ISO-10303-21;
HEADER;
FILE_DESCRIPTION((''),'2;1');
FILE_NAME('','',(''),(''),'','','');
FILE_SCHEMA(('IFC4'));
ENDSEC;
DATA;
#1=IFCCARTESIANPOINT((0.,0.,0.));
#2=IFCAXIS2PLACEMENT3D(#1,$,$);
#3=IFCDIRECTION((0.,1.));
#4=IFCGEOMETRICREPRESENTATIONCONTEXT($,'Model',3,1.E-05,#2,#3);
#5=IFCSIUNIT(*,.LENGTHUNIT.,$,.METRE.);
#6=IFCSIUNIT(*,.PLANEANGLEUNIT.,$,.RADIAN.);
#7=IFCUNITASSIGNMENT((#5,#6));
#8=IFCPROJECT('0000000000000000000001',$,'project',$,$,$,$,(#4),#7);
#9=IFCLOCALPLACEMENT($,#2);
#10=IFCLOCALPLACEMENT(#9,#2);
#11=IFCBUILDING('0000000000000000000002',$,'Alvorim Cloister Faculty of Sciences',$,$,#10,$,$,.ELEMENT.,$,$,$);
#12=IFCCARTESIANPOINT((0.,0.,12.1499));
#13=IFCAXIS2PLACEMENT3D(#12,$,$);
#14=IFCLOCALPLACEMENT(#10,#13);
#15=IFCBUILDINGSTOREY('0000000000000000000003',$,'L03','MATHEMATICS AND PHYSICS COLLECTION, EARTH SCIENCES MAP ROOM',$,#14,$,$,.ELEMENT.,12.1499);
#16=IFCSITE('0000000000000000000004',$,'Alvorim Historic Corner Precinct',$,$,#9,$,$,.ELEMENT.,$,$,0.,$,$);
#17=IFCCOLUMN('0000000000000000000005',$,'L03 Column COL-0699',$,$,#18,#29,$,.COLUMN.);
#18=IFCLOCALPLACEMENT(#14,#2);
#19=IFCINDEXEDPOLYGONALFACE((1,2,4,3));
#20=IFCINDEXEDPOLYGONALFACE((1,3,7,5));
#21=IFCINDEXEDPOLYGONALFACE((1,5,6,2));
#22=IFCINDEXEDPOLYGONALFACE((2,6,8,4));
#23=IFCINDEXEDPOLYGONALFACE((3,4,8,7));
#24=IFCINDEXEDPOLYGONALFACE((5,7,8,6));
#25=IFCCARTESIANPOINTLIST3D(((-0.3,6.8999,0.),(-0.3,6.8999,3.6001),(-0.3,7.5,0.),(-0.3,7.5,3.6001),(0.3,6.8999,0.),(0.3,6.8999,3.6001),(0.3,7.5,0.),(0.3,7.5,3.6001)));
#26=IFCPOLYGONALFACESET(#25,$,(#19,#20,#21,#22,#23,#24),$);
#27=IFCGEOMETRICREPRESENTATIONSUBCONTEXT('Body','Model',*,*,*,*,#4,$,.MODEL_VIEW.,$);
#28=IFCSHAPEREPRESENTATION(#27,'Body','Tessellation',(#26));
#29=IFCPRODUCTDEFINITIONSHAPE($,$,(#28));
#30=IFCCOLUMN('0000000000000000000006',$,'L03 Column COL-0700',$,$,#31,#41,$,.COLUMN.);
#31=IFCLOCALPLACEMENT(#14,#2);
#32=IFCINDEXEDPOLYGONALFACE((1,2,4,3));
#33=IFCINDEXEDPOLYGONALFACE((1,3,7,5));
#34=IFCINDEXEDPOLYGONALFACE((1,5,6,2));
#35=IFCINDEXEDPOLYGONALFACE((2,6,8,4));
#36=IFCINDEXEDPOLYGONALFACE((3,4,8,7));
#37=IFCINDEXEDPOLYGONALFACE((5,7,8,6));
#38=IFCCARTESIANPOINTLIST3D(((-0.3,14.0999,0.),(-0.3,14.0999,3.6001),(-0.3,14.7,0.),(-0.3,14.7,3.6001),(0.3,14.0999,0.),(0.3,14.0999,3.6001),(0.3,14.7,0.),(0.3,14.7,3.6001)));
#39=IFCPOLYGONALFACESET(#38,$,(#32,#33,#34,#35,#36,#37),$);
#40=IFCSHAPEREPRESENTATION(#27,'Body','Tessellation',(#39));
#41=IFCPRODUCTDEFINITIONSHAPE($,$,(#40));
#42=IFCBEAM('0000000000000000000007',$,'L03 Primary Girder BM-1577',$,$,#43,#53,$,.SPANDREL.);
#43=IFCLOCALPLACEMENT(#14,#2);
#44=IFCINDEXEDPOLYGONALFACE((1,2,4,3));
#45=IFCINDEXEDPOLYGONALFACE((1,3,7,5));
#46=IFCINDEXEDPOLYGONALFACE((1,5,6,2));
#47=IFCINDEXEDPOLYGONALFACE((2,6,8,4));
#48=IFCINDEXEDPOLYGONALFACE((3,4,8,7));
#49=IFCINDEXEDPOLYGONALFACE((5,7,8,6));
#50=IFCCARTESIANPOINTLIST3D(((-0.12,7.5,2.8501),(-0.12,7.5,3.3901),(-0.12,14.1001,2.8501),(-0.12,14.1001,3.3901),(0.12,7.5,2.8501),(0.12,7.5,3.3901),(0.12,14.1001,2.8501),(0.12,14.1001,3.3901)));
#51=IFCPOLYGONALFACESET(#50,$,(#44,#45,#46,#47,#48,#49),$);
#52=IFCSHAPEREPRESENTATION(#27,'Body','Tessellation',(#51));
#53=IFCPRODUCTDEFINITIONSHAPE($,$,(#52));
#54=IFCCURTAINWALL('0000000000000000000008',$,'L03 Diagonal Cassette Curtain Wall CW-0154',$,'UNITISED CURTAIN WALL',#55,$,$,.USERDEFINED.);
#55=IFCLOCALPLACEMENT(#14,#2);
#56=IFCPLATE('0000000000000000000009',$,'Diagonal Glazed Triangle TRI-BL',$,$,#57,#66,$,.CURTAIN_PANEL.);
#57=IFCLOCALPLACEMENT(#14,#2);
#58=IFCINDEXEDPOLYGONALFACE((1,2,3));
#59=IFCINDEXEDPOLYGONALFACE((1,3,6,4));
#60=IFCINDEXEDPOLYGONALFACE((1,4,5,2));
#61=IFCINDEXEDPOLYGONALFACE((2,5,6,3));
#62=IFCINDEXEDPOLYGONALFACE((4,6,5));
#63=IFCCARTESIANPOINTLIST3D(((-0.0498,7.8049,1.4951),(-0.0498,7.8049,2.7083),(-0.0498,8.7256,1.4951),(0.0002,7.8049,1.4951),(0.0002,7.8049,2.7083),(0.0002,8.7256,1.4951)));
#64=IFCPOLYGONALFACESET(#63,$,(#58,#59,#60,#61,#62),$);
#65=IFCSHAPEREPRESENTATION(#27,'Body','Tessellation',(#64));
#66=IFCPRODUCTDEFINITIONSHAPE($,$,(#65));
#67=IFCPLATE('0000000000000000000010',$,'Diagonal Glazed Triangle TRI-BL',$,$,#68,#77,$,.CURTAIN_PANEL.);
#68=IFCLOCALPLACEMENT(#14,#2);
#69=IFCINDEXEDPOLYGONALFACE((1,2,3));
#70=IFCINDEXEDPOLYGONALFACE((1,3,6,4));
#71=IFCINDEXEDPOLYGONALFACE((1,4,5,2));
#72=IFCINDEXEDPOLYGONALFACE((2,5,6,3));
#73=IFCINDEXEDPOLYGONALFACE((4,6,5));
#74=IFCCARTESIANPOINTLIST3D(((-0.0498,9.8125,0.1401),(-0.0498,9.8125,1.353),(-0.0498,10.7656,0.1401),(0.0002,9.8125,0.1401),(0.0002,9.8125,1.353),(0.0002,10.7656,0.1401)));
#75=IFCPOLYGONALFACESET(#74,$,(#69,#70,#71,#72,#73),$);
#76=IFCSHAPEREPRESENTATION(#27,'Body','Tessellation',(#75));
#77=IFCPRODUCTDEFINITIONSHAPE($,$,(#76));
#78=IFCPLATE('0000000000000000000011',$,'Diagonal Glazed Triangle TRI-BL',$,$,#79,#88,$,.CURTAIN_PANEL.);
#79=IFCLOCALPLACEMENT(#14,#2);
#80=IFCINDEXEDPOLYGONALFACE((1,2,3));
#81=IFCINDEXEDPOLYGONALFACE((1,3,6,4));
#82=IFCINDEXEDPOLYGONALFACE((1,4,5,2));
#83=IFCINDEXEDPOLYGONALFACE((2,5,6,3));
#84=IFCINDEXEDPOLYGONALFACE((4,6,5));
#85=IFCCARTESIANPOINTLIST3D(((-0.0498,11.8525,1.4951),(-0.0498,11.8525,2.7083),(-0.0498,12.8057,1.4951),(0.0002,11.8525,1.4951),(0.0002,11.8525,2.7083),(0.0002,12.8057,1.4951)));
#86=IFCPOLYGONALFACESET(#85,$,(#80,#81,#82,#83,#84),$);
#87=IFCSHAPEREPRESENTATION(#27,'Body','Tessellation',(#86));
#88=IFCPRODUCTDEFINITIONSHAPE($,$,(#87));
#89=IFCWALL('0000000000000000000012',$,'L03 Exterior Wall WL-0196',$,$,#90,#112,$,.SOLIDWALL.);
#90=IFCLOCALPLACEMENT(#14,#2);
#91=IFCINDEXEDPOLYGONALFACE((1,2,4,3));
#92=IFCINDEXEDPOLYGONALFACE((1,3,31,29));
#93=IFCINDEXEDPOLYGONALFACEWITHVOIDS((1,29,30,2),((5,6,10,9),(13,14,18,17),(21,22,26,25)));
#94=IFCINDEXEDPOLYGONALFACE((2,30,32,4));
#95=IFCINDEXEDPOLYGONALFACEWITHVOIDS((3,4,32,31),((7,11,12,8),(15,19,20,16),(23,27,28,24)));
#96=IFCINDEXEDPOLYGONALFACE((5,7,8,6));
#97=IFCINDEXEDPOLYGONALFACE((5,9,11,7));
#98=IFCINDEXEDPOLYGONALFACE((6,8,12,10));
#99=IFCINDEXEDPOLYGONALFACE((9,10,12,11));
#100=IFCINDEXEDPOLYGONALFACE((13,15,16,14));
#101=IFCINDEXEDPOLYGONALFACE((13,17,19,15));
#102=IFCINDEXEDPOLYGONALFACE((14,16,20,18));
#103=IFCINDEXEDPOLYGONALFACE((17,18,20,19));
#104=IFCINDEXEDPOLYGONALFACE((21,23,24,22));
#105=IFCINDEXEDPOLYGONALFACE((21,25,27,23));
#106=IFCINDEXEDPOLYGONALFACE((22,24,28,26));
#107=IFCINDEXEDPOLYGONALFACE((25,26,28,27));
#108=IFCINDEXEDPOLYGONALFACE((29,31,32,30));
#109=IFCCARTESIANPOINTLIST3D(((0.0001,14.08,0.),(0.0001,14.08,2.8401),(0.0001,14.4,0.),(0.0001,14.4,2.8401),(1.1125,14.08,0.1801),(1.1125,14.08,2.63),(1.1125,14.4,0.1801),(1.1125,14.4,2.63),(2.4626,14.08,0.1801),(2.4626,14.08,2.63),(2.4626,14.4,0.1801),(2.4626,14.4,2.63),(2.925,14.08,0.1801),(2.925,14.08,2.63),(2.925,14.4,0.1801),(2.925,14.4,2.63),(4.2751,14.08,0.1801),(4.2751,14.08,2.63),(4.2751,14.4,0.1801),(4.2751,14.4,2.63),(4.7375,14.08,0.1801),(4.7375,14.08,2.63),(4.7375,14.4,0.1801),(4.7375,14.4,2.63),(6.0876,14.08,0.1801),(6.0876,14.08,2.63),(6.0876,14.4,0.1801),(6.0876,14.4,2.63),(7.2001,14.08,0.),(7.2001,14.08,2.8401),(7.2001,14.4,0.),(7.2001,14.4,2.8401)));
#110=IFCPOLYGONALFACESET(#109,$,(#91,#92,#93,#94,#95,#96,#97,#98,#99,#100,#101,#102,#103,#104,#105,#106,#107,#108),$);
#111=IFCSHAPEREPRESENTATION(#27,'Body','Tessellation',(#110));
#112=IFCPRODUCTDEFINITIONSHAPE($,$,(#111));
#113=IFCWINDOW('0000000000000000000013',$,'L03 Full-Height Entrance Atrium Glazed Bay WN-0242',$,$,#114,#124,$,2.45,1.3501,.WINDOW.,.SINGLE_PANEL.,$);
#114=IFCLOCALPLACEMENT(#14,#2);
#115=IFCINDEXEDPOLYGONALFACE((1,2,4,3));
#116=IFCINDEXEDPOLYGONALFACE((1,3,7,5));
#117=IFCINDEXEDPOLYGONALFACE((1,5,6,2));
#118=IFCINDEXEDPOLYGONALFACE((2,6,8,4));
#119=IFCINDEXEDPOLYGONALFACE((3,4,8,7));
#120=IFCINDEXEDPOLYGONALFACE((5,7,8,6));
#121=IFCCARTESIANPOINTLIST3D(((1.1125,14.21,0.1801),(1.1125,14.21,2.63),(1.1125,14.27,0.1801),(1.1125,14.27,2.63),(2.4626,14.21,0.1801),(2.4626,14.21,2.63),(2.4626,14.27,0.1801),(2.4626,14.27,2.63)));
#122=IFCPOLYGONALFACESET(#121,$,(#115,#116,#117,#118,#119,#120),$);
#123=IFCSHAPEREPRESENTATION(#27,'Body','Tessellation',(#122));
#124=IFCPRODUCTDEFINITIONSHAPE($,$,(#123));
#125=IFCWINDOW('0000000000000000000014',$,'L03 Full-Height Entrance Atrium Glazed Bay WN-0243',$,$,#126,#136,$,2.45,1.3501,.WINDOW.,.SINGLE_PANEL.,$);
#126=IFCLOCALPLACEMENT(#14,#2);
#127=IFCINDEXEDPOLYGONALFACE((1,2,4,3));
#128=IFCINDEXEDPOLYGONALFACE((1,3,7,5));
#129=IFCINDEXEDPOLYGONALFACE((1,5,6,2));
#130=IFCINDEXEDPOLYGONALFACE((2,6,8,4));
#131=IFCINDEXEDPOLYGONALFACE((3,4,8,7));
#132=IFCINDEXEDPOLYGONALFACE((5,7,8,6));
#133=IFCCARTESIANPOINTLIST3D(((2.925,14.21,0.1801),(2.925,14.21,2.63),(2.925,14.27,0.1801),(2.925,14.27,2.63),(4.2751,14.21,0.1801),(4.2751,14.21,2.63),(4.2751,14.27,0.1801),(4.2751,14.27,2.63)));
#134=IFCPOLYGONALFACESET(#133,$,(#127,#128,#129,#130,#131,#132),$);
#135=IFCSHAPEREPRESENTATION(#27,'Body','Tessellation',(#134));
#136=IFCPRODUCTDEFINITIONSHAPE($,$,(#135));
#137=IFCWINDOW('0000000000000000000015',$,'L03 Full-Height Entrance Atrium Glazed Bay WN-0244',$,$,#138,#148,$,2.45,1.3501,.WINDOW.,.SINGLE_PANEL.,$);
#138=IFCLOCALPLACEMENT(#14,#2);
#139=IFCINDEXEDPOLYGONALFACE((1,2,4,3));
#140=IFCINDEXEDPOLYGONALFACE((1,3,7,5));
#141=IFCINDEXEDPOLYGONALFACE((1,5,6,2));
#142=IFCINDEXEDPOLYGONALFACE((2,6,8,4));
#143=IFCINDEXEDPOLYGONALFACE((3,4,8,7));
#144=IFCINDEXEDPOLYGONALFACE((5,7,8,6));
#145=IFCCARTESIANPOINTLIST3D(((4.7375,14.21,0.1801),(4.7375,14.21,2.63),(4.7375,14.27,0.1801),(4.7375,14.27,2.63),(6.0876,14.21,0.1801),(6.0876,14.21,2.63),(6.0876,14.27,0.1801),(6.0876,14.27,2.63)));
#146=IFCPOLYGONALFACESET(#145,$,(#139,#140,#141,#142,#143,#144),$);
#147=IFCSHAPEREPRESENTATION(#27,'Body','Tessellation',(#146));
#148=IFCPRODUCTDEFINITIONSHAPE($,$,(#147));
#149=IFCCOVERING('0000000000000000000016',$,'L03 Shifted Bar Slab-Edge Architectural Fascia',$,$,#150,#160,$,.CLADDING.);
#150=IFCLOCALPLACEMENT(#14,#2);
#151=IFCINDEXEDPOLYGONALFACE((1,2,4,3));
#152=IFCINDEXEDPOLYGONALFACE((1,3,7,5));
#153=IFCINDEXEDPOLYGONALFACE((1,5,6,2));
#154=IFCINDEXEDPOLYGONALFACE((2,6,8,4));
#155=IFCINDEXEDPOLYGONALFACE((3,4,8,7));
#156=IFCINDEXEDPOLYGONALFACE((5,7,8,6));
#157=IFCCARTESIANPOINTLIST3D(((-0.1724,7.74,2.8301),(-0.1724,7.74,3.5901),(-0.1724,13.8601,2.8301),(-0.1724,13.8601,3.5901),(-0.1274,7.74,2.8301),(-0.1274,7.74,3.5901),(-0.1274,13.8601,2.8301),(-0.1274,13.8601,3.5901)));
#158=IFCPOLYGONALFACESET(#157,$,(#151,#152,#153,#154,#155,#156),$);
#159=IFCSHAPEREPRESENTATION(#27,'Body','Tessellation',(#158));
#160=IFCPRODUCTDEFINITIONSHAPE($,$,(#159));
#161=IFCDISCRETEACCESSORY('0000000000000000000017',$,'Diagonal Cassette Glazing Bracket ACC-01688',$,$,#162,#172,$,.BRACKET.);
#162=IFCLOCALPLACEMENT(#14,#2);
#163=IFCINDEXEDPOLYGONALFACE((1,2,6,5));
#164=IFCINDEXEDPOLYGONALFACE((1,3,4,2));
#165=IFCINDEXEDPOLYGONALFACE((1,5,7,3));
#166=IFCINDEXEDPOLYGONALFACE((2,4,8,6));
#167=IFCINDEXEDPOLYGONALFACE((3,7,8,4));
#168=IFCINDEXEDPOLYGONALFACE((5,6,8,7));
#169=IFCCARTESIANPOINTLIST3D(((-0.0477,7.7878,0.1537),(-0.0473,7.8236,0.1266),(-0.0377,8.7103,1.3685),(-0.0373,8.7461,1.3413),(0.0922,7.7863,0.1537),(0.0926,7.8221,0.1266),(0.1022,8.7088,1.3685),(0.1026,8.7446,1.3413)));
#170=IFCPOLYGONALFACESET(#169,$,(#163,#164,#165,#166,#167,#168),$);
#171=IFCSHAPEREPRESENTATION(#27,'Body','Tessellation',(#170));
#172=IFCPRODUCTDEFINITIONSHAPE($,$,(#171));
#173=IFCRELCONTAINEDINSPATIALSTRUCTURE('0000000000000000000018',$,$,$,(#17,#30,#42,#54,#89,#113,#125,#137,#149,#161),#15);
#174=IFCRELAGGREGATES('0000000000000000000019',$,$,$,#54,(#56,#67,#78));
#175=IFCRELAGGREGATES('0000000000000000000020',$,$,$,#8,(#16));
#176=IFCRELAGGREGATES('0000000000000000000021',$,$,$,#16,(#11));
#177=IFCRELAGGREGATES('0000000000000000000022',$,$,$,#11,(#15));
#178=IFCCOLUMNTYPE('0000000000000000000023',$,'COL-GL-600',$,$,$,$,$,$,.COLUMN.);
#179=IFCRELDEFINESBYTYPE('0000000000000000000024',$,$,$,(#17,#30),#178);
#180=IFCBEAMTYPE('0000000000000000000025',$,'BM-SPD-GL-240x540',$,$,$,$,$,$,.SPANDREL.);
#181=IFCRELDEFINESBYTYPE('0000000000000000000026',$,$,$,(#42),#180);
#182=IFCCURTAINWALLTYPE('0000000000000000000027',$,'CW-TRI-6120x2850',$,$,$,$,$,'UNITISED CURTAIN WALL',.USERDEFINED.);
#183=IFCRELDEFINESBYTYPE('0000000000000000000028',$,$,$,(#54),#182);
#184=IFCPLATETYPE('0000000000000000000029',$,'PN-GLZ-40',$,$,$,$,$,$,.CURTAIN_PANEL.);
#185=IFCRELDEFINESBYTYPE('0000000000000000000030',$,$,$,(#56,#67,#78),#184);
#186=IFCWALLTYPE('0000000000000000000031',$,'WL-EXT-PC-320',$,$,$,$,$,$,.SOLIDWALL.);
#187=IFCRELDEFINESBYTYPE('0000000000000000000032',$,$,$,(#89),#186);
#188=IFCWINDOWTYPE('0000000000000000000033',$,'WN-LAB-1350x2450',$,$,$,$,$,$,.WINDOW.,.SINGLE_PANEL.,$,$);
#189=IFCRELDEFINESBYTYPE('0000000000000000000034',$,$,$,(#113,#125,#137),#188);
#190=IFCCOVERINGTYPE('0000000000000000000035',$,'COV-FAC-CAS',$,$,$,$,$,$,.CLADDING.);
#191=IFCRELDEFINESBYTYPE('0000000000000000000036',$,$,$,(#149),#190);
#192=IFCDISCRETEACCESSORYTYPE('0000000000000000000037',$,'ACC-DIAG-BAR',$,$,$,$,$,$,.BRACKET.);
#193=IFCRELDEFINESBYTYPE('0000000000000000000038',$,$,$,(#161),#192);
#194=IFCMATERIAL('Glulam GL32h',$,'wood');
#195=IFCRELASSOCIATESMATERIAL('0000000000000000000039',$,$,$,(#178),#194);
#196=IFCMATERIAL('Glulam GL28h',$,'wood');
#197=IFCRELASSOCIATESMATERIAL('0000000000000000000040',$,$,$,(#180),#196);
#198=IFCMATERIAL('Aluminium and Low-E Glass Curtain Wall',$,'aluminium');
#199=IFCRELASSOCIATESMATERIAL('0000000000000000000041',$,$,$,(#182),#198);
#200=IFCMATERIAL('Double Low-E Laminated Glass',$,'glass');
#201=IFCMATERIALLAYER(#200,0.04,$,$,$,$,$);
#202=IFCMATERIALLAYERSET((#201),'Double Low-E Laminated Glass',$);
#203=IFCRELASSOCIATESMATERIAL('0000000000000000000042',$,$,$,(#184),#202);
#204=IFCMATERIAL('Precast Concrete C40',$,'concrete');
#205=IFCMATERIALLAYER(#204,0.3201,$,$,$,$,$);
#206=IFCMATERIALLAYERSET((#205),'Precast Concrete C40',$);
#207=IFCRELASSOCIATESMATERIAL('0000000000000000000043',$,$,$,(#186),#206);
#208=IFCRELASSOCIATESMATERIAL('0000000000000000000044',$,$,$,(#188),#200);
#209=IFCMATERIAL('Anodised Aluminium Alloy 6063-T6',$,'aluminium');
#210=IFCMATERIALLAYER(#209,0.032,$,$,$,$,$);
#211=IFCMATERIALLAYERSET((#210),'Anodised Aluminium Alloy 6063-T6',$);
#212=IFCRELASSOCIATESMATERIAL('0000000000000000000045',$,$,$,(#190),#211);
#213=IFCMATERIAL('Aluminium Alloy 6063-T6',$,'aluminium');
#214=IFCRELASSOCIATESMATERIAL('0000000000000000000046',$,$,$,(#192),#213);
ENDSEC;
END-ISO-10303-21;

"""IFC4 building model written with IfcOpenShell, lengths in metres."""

from ifc_helpers import new_model, si_unit, direction, frame, frame_2d, origin, origin_2d, place, context, subcontext, project, spatial, polyline, rectangle, outline, extrude, material, layer, layer_set, material_profile, profile_set, type_object, element, fill, aggregate, save


model = new_model("IFC4")

# Units and contexts
model_context = context("Model", 3, precision=1e-05, world=origin(), true_north=direction((0.0, 1.0)))
body_context = subcontext(model_context, "Body", "Model", "MODEL_VIEW")
ifc_project = project(units=[si_unit("LENGTHUNIT", "METRE"), si_unit("PLANEANGLEUNIT", "RADIAN")], contexts=[model_context])

# Site, building, storey
site_placement = place(None, origin())
site = spatial("IfcSite", under=ifc_project, at=site_placement, Name="Alvorim Historic Corner Precinct", CompositionType="ELEMENT", RefElevation=0.0)
building_placement = place(site_placement, origin())
building = spatial("IfcBuilding", under=site, at=building_placement, Name="Alvorim Cloister Faculty of Sciences", CompositionType="ELEMENT")
storey_placement = place(building_placement, frame((0.0, 0.0, 12.1499)))
storey = spatial("IfcBuildingStorey", under=building, at=storey_placement, Name="L03", Description="MATHEMATICS AND PHYSICS COLLECTION, EARTH SCIENCES MAP ROOM", CompositionType="ELEMENT", Elevation=12.1499)

# Columns
ifc_material_1 = material(Name="Glulam GL32h", Category="wood")
ifc_material_profile_1 = material_profile(ifc_material_1, rectangle(XDim=0.6001, YDim=0.6001, at=origin_2d()), Name="GL32-COL-600x600")
ifc_profile_set_1 = profile_set([ifc_material_profile_1], Name="Glulam GL32h")
column_type = type_object("IfcColumnType", Name="COL-GL-600", PredefinedType="COLUMN", material=ifc_profile_set_1)
for number, where, z_axis, x_axis, name in (
    (1, (0.0, 7.2, 0.0), (0.0, 0.0, 1.0), (1.0, 0.0, 0.0), "L03 Column COL-0699"),
    (2, (0.0, 14.3999, 0.0), (0.0, 0.0, 1.0), (1.0, 0.0, 0.0), "L03 Column COL-0700"),
):
    element("IfcColumn", number, at=place(storey_placement, frame(where, z_axis=z_axis, x_axis=x_axis)), inside=storey, type_object=column_type, Name=name, PredefinedType="COLUMN", context=body_context, shape_type="SweptSolid", body=[
        extrude(rectangle(XDim=0.6001, YDim=0.6001, at=origin_2d()), origin(), (0.0, 0.0, 1.0), 3.6001),
    ])

# Beam
ifc_material_2 = material(Name="Glulam GL28h", Category="wood")
ifc_material_profile_2 = material_profile(ifc_material_2, rectangle(XDim=0.24, YDim=0.54, at=origin_2d()), Name="GL28-SPD-240x540")
ifc_profile_set_2 = profile_set([ifc_material_profile_2], Name="Glulam GL28h")
beam_type = type_object("IfcBeamType", Name="BM-SPD-GL-240x540", PredefinedType="SPANDREL", material=ifc_profile_set_2)
beam_placement = place(storey_placement, frame((0.0, 7.5, 3.1201), z_axis=(0.0, 1.0, 0.0), x_axis=(-1.0, 0.0, 0.0)))
element("IfcBeam", 3, at=beam_placement, inside=storey, type_object=beam_type, Name="L03 Primary Girder BM-1577", PredefinedType="SPANDREL", context=body_context, shape_type="SweptSolid", body=[
    extrude(rectangle(XDim=0.24, YDim=0.54, at=origin_2d()), origin(), (0.0, 0.0, 1.0), 6.6001),
])

# Curtain wall, plates
ifc_material_3 = material(Name="Aluminium and Low-E Glass Curtain Wall", Category="aluminium")
curtain_wall_type = type_object("IfcCurtainWallType", Name="CW-TRI-6120x2850", ElementType="UNITISED CURTAIN WALL", PredefinedType="USERDEFINED", material=ifc_material_3)
curtain_wall_placement = place(storey_placement, origin())
curtain_wall = element("IfcCurtainWall", 4, at=curtain_wall_placement, inside=storey, type_object=curtain_wall_type, Name="L03 Diagonal Cassette Curtain Wall CW-0154", ObjectType="UNITISED CURTAIN WALL", PredefinedType="USERDEFINED")
ifc_material_4 = material(Name="Double Low-E Laminated Glass", Category="glass")
ifc_layer_1 = layer(ifc_material_4, 0.04)
ifc_layer_set_1 = layer_set([ifc_layer_1], Name="Double Low-E Laminated Glass")
plate_type = type_object("IfcPlateType", Name="PN-GLZ-40", PredefinedType="CURTAIN_PANEL", material=ifc_layer_set_1)
plate_1_placement = place(storey_placement, frame((-0.0249, 7.8049, 1.4951), z_axis=(0.0, 0.0, 1.0), x_axis=(0.0, 1.0, 0.0)))
plate_1 = element("IfcPlate", 5, at=plate_1_placement, type_object=plate_type, Name="Diagonal Glazed Triangle TRI-BL", PredefinedType="CURTAIN_PANEL", context=body_context, shape_type="SweptSolid", body=[
    extrude(outline(polyline([(0.0, 0.0), (0.9207, 0.0), (0.0, 1.2131), (0.0, 0.0)])), frame((0.0, 0.0249, 0.0), z_axis=(0.0, -1.0, 0.0), x_axis=(1.0, 0.0, 0.0)), (0.0, 0.0, 1.0), 0.05),
])
plate_2_placement = place(storey_placement, frame((-0.0249, 9.8125, 0.1401), z_axis=(0.0, 0.0, 1.0), x_axis=(0.0, 1.0, 0.0)))
plate_2 = element("IfcPlate", 6, at=plate_2_placement, type_object=plate_type, Name="Diagonal Glazed Triangle TRI-BL", PredefinedType="CURTAIN_PANEL", context=body_context, shape_type="SweptSolid", body=[
    extrude(outline(polyline([(0.0, 0.0), (0.9531, 0.0), (0.0, 1.2129), (0.0, 0.0)])), frame((0.0, 0.0249, 0.0), z_axis=(0.0, -1.0, 0.0), x_axis=(1.0, 0.0, 0.0)), (0.0, 0.0, 1.0), 0.05),
])
plate_3_placement = place(storey_placement, frame((-0.0249, 11.8525, 1.4951), z_axis=(0.0, 0.0, 1.0), x_axis=(0.0, 1.0, 0.0)))
plate_3 = element("IfcPlate", 7, at=plate_3_placement, type_object=plate_type, Name="Diagonal Glazed Triangle TRI-BL", PredefinedType="CURTAIN_PANEL", context=body_context, shape_type="SweptSolid", body=[
    extrude(outline(polyline([(0.0, 0.0), (0.9531, 0.0), (0.0, 1.2131), (0.0, 0.0)])), frame((0.0, 0.0249, 0.0), z_axis=(0.0, -1.0, 0.0), x_axis=(1.0, 0.0, 0.0)), (0.0, 0.0, 1.0), 0.05),
])
aggregate(curtain_wall, [plate_1, plate_2, plate_3])

# Wall, openings, windows
ifc_material_5 = material(Name="Precast Concrete C40", Category="concrete")
ifc_layer_2 = layer(ifc_material_5, 0.3201)
ifc_layer_set_2 = layer_set([ifc_layer_2], Name="Precast Concrete C40")
wall_type = type_object("IfcWallType", Name="WL-EXT-PC-320", PredefinedType="SOLIDWALL", material=ifc_layer_set_2)
wall_placement = place(storey_placement, frame((0.0, 14.24, 0.0), z_axis=(0.0, 0.0, 1.0), x_axis=(1.0, 0.0, 0.0)))
wall = element("IfcWall", 8, at=wall_placement, inside=storey, type_object=wall_type, Name="L03 Exterior Wall WL-0196", PredefinedType="SOLIDWALL", context=body_context, shape_type="SweptSolid", body=[
    extrude(rectangle(XDim=7.2, YDim=0.3201, at=frame_2d((3.6001, 0.0))), origin(), (0.0, 0.0, 1.0), 2.8401),
])
opening_1_placement = place(wall_placement, frame((1.1125, 0.0, 0.1799)))
opening_1 = element("IfcOpeningElement", 9, at=opening_1_placement, cuts=wall, PredefinedType="OPENING", context=body_context, shape_type="SweptSolid", body=[
    extrude(rectangle(XDim=1.3501, YDim=2.45, at=frame_2d((0.675, 1.2251))), frame((0.0, 0.1719, 0.0), z_axis=(0.0, -1.0, 0.0), x_axis=(1.0, 0.0, 0.0)), (0.0, 0.0, 1.0), 0.344),
])
opening_2_placement = place(wall_placement, frame((2.925, 0.0, 0.1799)))
opening_2 = element("IfcOpeningElement", 10, at=opening_2_placement, cuts=wall, PredefinedType="OPENING", context=body_context, shape_type="SweptSolid", body=[
    extrude(rectangle(XDim=1.3501, YDim=2.45, at=frame_2d((0.675, 1.2251))), frame((0.0, 0.1719, 0.0), z_axis=(0.0, -1.0, 0.0), x_axis=(1.0, 0.0, 0.0)), (0.0, 0.0, 1.0), 0.344),
])
opening_3_placement = place(wall_placement, frame((4.7375, 0.0, 0.1799)))
opening_3 = element("IfcOpeningElement", 11, at=opening_3_placement, cuts=wall, PredefinedType="OPENING", context=body_context, shape_type="SweptSolid", body=[
    extrude(rectangle(XDim=1.3501, YDim=2.45, at=frame_2d((0.675, 1.2251))), frame((0.0, 0.1719, 0.0), z_axis=(0.0, -1.0, 0.0), x_axis=(1.0, 0.0, 0.0)), (0.0, 0.0, 1.0), 0.344),
])
window_type = type_object("IfcWindowType", Name="WN-LAB-1350x2450", PartitioningType="SINGLE_PANEL", PredefinedType="WINDOW", material=ifc_material_4)
window_1_placement = place(opening_1_placement, origin())
window_1 = element("IfcWindow", 12, at=window_1_placement, inside=storey, type_object=window_type, Name="L03 Full-Height Entrance Atrium Glazed Bay WN-0242", OverallHeight=2.45, OverallWidth=1.3501, PartitioningType="SINGLE_PANEL", PredefinedType="WINDOW", context=body_context, shape_type="SweptSolid", body=[
    extrude(rectangle(XDim=1.3501, YDim=2.45, at=frame_2d((0.675, 1.2251))), frame((0.0, 0.03, 0.0), z_axis=(0.0, -1.0, 0.0), x_axis=(1.0, 0.0, 0.0)), (0.0, 0.0, 1.0), 0.0601),
])
fill(opening_1, window_1)
window_2_placement = place(opening_2_placement, origin())
window_2 = element("IfcWindow", 13, at=window_2_placement, inside=storey, type_object=window_type, Name="L03 Full-Height Entrance Atrium Glazed Bay WN-0243", OverallHeight=2.45, OverallWidth=1.3501, PartitioningType="SINGLE_PANEL", PredefinedType="WINDOW", context=body_context, shape_type="SweptSolid", body=[
    extrude(rectangle(XDim=1.3501, YDim=2.45, at=frame_2d((0.675, 1.2251))), frame((0.0, 0.03, 0.0), z_axis=(0.0, -1.0, 0.0), x_axis=(1.0, 0.0, 0.0)), (0.0, 0.0, 1.0), 0.0601),
])
fill(opening_2, window_2)
window_3_placement = place(opening_3_placement, origin())
window_3 = element("IfcWindow", 14, at=window_3_placement, inside=storey, type_object=window_type, Name="L03 Full-Height Entrance Atrium Glazed Bay WN-0244", OverallHeight=2.45, OverallWidth=1.3501, PartitioningType="SINGLE_PANEL", PredefinedType="WINDOW", context=body_context, shape_type="SweptSolid", body=[
    extrude(rectangle(XDim=1.3501, YDim=2.45, at=frame_2d((0.675, 1.2251))), frame((0.0, 0.03, 0.0), z_axis=(0.0, -1.0, 0.0), x_axis=(1.0, 0.0, 0.0)), (0.0, 0.0, 1.0), 0.0601),
])
fill(opening_3, window_3)

# Covering
ifc_material_6 = material(Name="Anodised Aluminium Alloy 6063-T6", Category="aluminium")
ifc_layer_3 = layer(ifc_material_6, 0.032)
ifc_layer_set_3 = layer_set([ifc_layer_3], Name="Anodised Aluminium Alloy 6063-T6")
covering_type = type_object("IfcCoveringType", Name="COV-FAC-CAS", PredefinedType="CLADDING", material=ifc_layer_set_3)
covering_placement = place(storey_placement, frame((-0.1499, 7.74, 2.8301), z_axis=(0.0, 0.0, 1.0), x_axis=(0.0, 1.0, 0.0)))
element("IfcCovering", 15, at=covering_placement, inside=storey, type_object=covering_type, Name="L03 Shifted Bar Slab-Edge Architectural Fascia", PredefinedType="CLADDING", context=body_context, shape_type="SweptSolid", body=[
    extrude(outline(polyline([(0.0, 0.0), (6.1201, 0.0), (6.1201, 0.76), (0.0, 0.76), (0.0, 0.0)])), frame((0.0, 0.0225, 0.0), z_axis=(0.0, -1.0, 0.0), x_axis=(1.0, 0.0, 0.0)), (0.0, 0.0, 1.0), 0.0449),
])

# Discrete accessory
ifc_material_7 = material(Name="Aluminium Alloy 6063-T6", Category="aluminium")
discrete_accessory_type = type_object("IfcDiscreteAccessoryType", Name="ACC-DIAG-BAR", PredefinedType="BRACKET", material=ifc_material_7)
discrete_accessory_1_placement = place(storey_placement, frame((0.0225, 7.8049, 0.1401), z_axis=(0.006562, 0.60479, 0.796358), x_axis=(-0.999941, 0.010849, 0.0)))
element("IfcDiscreteAccessory", 16, at=discrete_accessory_1_placement, inside=storey, type_object=discrete_accessory_type, Name="Diagonal Cassette Glazing Bracket ACC-01688", PredefinedType="BRACKET", context=body_context, shape_type="SweptSolid", body=[
    extrude(rectangle(XDim=0.1399, YDim=0.0449, at=origin_2d()), origin(), (0.0, 0.0, 1.0), 1.5254),
])

save(model, "model.ifc")
